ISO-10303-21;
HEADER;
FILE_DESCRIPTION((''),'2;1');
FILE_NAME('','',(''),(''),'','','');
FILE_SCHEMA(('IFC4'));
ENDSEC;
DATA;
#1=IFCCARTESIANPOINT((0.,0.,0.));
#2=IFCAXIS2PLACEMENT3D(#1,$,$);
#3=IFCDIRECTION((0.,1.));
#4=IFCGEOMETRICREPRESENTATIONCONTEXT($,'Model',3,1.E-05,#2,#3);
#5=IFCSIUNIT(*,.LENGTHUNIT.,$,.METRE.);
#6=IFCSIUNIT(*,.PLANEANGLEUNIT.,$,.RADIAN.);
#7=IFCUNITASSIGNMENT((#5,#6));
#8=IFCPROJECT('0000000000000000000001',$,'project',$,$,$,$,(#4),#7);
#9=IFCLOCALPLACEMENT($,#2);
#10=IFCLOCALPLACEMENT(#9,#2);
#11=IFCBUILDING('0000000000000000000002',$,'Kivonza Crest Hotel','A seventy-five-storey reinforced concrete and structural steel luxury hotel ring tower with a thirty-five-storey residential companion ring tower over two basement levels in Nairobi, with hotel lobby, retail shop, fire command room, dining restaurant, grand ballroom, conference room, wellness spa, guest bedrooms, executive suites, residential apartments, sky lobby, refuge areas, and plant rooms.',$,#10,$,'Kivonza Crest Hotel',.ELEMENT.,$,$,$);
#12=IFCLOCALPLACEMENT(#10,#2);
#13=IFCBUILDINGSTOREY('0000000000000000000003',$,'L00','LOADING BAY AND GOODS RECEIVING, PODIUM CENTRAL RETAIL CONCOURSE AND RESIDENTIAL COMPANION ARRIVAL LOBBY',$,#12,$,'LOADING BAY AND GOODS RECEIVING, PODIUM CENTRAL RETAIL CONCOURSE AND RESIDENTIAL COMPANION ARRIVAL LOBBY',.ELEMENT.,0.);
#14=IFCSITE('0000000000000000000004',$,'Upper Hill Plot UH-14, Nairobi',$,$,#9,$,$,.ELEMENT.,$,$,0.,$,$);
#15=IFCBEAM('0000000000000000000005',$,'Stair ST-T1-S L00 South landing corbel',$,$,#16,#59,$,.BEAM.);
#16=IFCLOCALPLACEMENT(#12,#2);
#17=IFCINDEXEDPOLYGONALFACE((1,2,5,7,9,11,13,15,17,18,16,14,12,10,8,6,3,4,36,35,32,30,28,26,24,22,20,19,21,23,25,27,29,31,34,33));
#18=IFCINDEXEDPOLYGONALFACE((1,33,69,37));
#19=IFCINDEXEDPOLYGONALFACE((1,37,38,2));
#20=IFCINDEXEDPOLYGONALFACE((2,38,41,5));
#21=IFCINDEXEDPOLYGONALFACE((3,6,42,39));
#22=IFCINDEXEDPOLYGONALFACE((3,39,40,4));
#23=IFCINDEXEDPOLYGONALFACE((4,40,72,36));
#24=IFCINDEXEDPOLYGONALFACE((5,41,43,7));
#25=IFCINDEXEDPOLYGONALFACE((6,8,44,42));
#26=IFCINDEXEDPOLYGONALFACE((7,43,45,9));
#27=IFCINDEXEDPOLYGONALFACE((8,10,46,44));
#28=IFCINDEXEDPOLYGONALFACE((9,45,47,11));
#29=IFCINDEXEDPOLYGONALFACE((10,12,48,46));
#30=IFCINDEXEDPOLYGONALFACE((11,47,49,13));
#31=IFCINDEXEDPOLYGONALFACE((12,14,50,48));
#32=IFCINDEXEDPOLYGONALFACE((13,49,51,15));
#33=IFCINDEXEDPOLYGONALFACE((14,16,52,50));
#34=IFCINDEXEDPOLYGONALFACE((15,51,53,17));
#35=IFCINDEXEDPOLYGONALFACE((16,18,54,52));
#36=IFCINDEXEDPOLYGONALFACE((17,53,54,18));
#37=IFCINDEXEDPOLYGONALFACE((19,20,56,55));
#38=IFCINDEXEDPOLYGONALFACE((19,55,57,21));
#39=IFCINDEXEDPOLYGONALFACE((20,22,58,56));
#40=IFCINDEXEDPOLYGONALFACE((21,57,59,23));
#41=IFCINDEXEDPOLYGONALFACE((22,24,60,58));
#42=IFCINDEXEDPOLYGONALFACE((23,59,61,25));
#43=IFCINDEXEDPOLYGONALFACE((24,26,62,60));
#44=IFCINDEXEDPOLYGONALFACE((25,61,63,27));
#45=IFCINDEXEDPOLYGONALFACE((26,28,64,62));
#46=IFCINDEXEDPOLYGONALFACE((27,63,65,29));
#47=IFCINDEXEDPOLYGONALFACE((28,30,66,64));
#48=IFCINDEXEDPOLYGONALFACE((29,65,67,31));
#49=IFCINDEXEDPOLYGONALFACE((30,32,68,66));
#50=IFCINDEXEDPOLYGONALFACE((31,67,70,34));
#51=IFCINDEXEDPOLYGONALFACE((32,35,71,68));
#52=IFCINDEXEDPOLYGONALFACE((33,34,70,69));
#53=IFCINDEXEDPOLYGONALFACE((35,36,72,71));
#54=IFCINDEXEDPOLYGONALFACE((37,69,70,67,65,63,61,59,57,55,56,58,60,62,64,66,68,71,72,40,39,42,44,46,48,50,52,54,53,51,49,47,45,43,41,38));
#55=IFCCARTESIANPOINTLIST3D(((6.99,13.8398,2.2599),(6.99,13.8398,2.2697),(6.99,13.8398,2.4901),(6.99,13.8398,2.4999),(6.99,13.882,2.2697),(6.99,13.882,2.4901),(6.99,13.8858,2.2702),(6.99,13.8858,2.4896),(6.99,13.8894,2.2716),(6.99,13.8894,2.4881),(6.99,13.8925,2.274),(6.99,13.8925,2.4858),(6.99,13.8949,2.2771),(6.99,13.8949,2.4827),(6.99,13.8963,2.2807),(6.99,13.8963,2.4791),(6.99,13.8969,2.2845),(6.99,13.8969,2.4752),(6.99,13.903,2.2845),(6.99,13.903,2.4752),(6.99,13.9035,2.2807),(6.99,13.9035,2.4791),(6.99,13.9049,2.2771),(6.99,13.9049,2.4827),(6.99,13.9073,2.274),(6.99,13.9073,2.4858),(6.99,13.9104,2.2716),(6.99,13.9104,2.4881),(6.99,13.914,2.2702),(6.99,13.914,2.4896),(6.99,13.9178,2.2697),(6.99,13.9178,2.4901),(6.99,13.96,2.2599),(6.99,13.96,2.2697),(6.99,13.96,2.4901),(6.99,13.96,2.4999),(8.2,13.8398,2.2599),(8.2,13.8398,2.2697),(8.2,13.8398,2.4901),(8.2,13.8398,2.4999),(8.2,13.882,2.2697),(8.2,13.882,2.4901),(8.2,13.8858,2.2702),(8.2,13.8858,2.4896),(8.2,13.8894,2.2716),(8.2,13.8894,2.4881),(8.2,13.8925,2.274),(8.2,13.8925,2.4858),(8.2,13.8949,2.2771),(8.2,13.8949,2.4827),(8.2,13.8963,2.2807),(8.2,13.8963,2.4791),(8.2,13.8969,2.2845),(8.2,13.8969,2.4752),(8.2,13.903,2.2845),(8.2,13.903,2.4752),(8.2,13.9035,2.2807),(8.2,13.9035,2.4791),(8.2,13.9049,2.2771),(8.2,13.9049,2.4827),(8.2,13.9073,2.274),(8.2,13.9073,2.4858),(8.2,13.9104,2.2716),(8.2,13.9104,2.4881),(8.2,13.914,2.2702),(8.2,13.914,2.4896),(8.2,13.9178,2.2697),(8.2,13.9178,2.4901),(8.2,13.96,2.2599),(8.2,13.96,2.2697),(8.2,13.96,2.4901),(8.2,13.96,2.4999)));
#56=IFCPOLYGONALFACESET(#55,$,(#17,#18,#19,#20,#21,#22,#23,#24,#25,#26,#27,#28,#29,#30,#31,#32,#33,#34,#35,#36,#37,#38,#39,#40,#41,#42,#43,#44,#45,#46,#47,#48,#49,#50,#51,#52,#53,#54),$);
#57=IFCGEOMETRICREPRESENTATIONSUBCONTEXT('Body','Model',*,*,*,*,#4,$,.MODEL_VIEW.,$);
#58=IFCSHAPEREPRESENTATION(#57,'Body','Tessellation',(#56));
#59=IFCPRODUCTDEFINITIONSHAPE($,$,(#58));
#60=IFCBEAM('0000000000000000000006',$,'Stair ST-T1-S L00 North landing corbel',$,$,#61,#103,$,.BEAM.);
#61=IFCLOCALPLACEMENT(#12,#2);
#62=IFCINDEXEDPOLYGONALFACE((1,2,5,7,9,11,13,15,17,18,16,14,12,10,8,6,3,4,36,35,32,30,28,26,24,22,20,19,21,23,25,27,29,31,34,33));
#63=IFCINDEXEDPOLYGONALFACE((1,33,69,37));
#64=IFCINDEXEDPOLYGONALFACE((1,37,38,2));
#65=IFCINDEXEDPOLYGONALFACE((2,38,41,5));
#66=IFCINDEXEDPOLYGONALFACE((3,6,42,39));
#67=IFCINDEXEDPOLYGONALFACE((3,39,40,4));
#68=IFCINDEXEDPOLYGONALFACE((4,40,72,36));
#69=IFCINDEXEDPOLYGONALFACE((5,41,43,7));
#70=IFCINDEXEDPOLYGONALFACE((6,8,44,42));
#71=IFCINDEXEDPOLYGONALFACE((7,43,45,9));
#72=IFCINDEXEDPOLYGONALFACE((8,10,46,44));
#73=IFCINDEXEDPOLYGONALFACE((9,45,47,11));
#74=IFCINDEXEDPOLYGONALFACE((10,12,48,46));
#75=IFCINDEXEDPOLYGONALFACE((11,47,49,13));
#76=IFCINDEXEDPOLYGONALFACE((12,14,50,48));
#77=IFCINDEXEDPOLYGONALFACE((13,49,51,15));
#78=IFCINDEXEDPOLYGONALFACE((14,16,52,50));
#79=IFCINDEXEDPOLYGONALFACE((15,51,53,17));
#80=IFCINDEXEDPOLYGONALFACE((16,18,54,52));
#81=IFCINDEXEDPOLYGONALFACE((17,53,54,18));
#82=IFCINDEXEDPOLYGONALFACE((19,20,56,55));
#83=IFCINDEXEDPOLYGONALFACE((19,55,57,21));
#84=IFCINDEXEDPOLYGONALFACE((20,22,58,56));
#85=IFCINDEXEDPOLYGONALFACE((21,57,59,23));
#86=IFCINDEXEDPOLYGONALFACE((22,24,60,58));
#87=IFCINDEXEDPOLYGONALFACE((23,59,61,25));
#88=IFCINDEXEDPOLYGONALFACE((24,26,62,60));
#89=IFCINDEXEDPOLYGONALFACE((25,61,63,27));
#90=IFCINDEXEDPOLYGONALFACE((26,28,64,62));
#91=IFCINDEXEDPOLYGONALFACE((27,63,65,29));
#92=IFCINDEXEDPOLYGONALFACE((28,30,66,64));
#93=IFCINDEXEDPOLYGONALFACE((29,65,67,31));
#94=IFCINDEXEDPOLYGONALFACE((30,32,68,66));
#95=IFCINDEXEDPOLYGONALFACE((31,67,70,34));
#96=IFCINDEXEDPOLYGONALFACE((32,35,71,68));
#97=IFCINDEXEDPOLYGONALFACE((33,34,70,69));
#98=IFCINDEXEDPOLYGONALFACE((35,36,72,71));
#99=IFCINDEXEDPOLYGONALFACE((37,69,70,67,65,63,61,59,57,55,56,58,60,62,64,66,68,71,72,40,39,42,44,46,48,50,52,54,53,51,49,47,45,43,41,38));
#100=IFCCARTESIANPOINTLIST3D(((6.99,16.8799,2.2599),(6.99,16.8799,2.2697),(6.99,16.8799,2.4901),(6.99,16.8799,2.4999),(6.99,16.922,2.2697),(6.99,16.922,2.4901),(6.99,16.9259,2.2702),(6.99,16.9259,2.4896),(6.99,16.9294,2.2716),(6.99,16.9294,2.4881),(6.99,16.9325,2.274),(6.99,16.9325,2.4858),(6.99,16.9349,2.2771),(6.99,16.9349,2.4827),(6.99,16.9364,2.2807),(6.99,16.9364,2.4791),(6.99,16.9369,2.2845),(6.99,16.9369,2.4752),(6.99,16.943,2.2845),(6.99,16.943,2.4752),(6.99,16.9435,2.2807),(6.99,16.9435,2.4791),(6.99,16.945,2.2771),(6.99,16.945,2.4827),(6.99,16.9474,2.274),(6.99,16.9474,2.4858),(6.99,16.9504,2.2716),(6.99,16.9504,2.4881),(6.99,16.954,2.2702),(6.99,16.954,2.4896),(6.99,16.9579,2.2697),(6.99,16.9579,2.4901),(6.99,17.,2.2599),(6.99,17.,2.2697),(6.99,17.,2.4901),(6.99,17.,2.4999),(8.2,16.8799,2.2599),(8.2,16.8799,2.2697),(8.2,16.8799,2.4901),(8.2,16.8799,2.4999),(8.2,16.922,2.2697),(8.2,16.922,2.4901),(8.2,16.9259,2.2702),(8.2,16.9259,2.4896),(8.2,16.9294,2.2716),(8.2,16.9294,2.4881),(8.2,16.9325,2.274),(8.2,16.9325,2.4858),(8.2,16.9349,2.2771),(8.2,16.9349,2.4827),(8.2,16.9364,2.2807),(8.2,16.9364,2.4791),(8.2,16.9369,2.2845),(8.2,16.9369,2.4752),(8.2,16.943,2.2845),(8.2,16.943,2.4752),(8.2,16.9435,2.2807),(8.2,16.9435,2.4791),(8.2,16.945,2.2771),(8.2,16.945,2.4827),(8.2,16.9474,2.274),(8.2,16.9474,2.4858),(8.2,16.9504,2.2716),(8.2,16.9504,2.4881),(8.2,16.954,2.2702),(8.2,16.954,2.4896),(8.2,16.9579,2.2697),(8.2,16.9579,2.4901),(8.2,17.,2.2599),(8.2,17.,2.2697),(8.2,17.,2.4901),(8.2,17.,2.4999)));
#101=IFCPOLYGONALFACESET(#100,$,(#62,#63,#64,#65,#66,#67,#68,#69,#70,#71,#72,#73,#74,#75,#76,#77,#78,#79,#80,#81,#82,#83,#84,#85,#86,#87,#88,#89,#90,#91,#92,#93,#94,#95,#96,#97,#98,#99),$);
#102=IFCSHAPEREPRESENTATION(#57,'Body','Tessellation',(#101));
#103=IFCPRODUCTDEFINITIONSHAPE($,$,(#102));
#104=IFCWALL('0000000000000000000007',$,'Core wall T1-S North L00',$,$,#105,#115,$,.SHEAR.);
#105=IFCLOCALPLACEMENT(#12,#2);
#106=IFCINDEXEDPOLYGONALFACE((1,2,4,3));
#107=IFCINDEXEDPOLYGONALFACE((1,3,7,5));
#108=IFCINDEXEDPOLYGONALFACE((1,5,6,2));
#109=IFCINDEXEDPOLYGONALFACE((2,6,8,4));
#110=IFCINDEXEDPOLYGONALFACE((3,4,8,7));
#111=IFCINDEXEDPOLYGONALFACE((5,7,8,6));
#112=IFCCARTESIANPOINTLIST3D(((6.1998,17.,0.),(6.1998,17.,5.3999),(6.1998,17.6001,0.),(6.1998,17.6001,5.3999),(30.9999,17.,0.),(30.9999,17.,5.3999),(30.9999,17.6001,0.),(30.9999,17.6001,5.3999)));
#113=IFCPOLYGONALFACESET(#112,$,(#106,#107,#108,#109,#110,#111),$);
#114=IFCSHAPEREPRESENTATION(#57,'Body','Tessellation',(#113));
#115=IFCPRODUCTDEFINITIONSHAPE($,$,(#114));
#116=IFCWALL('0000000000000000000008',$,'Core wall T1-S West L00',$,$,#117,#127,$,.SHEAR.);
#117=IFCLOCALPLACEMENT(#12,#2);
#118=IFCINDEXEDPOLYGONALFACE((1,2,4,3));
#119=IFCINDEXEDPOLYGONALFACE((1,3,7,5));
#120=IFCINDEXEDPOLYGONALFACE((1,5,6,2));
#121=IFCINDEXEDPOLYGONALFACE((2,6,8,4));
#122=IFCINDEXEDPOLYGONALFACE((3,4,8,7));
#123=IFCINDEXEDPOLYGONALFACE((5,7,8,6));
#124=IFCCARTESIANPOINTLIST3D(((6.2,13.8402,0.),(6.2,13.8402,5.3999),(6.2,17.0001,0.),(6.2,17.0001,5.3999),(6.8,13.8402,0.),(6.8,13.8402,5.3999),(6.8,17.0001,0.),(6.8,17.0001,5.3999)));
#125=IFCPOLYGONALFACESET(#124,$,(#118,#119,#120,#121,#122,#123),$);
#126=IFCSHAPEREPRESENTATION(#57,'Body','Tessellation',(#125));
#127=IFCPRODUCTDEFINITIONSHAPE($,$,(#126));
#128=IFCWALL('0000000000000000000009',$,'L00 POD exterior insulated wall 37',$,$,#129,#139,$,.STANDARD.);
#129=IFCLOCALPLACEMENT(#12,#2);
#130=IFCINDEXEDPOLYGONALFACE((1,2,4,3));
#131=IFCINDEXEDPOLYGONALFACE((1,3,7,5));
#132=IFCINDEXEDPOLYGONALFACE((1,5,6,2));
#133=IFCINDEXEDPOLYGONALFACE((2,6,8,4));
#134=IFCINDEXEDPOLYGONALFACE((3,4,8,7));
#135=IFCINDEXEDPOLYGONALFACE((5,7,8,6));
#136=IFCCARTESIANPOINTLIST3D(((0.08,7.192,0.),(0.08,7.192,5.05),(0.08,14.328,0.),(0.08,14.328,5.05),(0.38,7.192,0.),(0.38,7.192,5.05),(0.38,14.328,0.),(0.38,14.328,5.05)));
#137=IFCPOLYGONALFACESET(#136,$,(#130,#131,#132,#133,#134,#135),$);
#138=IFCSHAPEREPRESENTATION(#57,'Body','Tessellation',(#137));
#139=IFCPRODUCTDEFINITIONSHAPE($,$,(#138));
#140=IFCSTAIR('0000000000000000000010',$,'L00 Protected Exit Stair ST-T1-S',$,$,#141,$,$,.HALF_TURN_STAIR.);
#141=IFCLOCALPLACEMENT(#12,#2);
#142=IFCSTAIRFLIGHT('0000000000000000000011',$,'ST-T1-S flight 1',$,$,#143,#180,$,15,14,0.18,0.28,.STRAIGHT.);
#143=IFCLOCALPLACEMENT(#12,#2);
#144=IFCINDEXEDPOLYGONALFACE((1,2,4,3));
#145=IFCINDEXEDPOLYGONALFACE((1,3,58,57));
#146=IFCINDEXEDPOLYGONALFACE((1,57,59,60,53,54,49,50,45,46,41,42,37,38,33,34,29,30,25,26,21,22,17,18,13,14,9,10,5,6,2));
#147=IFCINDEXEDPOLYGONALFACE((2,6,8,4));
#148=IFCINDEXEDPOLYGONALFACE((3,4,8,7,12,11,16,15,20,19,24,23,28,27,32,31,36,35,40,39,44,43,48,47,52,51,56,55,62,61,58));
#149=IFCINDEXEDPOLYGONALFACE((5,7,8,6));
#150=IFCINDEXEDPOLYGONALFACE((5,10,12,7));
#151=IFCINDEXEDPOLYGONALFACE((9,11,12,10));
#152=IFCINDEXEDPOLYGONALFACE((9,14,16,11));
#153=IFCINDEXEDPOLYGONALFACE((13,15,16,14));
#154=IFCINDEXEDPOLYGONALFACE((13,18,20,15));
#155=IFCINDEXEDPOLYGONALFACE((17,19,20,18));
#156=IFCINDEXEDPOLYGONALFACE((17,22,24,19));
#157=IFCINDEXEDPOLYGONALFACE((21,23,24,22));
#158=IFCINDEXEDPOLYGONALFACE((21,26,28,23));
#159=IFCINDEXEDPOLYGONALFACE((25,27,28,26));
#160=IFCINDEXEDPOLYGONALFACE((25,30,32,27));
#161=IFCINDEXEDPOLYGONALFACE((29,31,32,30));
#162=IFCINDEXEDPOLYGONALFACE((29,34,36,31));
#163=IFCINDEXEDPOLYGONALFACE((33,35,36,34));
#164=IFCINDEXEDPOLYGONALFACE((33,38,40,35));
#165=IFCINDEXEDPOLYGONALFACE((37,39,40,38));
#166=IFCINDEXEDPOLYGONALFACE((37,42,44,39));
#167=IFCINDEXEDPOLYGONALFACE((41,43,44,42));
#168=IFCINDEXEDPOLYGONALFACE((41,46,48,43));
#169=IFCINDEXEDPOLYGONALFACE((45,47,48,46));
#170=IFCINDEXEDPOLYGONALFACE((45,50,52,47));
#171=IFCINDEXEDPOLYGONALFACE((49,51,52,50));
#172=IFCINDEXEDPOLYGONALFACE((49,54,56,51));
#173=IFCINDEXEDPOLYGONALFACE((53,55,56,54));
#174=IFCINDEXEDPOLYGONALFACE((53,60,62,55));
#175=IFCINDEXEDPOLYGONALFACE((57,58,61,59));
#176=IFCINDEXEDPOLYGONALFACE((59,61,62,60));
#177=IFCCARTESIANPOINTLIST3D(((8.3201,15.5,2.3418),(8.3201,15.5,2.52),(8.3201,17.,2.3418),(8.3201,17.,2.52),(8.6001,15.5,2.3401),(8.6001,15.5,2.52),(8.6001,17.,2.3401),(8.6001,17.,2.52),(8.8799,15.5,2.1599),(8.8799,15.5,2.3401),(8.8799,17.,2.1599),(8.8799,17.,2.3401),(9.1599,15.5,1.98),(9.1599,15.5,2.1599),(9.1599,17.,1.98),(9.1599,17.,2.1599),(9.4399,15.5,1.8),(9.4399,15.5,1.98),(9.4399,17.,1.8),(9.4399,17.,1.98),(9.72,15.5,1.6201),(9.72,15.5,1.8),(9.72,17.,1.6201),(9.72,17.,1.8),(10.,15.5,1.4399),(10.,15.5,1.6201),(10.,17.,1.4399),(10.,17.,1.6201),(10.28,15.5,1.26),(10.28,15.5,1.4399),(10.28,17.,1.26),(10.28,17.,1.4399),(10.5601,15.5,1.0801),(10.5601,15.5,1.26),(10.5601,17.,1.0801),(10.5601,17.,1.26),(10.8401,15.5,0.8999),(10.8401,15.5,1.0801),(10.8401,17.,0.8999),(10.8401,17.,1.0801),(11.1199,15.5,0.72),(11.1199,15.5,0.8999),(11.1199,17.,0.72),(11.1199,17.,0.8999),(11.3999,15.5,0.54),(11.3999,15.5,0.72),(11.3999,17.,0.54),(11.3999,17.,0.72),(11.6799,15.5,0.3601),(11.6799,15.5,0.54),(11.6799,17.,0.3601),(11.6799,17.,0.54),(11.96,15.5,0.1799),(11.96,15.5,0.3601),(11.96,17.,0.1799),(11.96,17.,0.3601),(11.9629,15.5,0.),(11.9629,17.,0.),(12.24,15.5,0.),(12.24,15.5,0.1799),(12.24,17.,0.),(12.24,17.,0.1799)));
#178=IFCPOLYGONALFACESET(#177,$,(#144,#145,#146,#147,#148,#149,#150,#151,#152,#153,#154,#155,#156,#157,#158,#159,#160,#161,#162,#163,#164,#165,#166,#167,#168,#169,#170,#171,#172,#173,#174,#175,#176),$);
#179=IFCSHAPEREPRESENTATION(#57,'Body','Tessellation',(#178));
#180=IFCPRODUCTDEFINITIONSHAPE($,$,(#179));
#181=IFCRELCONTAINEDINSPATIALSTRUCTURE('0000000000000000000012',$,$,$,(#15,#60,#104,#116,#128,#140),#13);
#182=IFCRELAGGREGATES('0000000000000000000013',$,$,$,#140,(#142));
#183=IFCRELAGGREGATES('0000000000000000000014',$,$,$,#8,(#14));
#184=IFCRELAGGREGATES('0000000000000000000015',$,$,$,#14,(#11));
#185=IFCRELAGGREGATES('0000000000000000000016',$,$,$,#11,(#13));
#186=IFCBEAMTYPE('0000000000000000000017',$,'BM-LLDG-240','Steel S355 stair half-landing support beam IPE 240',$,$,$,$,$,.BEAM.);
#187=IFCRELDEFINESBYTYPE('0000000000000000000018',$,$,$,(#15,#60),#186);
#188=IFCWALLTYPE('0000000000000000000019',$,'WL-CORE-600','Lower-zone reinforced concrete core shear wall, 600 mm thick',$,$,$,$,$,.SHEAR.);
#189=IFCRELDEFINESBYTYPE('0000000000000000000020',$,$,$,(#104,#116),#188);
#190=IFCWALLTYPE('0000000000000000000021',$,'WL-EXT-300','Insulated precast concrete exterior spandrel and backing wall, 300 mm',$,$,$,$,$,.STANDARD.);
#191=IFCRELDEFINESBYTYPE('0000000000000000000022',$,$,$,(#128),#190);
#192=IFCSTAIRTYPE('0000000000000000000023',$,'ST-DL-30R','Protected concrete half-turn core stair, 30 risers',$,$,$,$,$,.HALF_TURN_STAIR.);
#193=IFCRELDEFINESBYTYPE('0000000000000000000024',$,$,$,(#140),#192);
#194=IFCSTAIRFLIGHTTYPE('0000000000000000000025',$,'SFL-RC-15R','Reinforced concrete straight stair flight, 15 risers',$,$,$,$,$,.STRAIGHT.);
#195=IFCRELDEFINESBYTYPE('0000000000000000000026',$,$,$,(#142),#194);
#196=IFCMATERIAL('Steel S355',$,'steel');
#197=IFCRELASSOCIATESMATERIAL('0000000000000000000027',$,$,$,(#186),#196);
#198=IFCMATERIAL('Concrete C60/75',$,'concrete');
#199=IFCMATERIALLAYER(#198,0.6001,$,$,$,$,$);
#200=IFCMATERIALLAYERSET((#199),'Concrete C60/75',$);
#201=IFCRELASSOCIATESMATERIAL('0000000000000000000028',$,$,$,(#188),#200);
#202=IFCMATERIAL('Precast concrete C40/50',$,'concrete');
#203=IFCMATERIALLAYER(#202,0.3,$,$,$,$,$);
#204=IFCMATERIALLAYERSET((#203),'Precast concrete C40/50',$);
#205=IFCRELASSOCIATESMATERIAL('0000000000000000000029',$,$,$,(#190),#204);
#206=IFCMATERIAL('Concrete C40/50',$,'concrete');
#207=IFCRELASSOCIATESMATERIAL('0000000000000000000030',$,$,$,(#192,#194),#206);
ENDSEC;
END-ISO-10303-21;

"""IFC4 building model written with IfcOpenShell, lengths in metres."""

from ifc_helpers import new_model, si_unit, direction, frame, frame_2d, origin, origin_2d, place, context, subcontext, project, spatial, polyline, rectangle, i_section, outline, extrude, material, layer, layer_set, material_profile, profile_set, type_object, element, aggregate, save


model = new_model("IFC4")

# Units and contexts
model_context = context("Model", 3, precision=1e-05, world=origin(), true_north=direction((0.0, 1.0)))
body_context = subcontext(model_context, "Body", "Model", "MODEL_VIEW")
ifc_project = project(units=[si_unit("LENGTHUNIT", "METRE"), si_unit("PLANEANGLEUNIT", "RADIAN")], contexts=[model_context])

# Site, building, storey
site_placement = place(None, origin())
site = spatial("IfcSite", under=ifc_project, at=site_placement, Name="Upper Hill Plot UH-14, Nairobi", CompositionType="ELEMENT", RefElevation=0.0)
building_placement = place(site_placement, origin())
building = spatial("IfcBuilding", under=site, at=building_placement, Name="Kivonza Crest Hotel", Description="A seventy-five-storey reinforced concrete and structural steel luxury hotel ring tower with a thirty-five-storey residential companion ring tower over two basement levels in Nairobi, with hotel lobby, retail shop, fire command room, dining restaurant, grand ballroom, conference room, wellness spa, guest bedrooms, executive suites, residential apartments, sky lobby, refuge areas, and plant rooms.", LongName="Kivonza Crest Hotel", CompositionType="ELEMENT")
storey_placement = place(building_placement, origin())
storey = spatial("IfcBuildingStorey", under=building, at=storey_placement, Name="L00", Description="LOADING BAY AND GOODS RECEIVING, PODIUM CENTRAL RETAIL CONCOURSE AND RESIDENTIAL COMPANION ARRIVAL LOBBY", LongName="LOADING BAY AND GOODS RECEIVING, PODIUM CENTRAL RETAIL CONCOURSE AND RESIDENTIAL COMPANION ARRIVAL LOBBY", CompositionType="ELEMENT", Elevation=0.0)

# Shared definitions
ifc_material_1 = material(Name="Concrete C60/75", Category="concrete")

# Beams
ifc_material_2 = material(Name="Steel S355", Category="steel")
ifc_material_profile_1 = material_profile(ifc_material_2, i_section(OverallWidth=0.1201, OverallDepth=0.24, WebThickness=0.0061, FlangeThickness=0.0098, FilletRadius=0.0149, at=origin_2d()), Name="IPE 240")
ifc_profile_set_1 = profile_set([ifc_material_profile_1], Name="Steel S355")
beam_type_1 = type_object("IfcBeamType", Name="BM-LLDG-240", Description="Steel S355 stair half-landing support beam IPE 240", PredefinedType="BEAM", material=ifc_profile_set_1)
for number, where, z_axis, x_axis, name in (
    (1, (6.99, 13.8999, 2.3799), (1.0, 0.0, 0.0), (0.0, 1.0, 0.0), "Stair ST-T1-S L00 South landing corbel"),
    (2, (6.99, 16.9399, 2.3799), (1.0, 0.0, 0.0), (0.0, 1.0, 0.0), "Stair ST-T1-S L00 North landing corbel"),
):
    element("IfcBeam", number, at=place(storey_placement, frame(where, z_axis=z_axis, x_axis=x_axis)), inside=storey, type_object=beam_type_1, Name=name, PredefinedType="BEAM", context=body_context, shape_type="SweptSolid", body=[
        extrude(i_section(OverallWidth=0.1201, OverallDepth=0.24, WebThickness=0.0061, FlangeThickness=0.0098, FilletRadius=0.0149, at=origin_2d()), origin(), (0.0, 0.0, 1.0), 1.21),
    ])

# Shared definitions
ifc_layer_1 = layer(ifc_material_1, 0.6001)
ifc_layer_set_1 = layer_set([ifc_layer_1], Name="Concrete C60/75")
wall_type_1 = type_object("IfcWallType", Name="WL-CORE-600", Description="Lower-zone reinforced concrete core shear wall, 600 mm thick", PredefinedType="SHEAR", material=ifc_layer_set_1)

# Walls
wall_1_placement = place(storey_placement, frame((6.2, 17.3, 0.0), z_axis=(0.0, 0.0, 1.0), x_axis=(1.0, 0.0, 0.0)))
element("IfcWall", 3, at=wall_1_placement, inside=storey, type_object=wall_type_1, Name="Core wall T1-S North L00", PredefinedType="SHEAR", context=body_context, shape_type="SweptSolid", body=[
    extrude(rectangle(XDim=24.8, YDim=0.6001, at=frame_2d((12.3999, 0.0))), origin(), (0.0, 0.0, 1.0), 5.3999),
])
wall_2_placement = place(storey_placement, frame((6.5, 13.8401, 0.0), z_axis=(0.0, 0.0, 1.0), x_axis=(0.0, 1.0, 0.0)))
element("IfcWall", 4, at=wall_2_placement, inside=storey, type_object=wall_type_1, Name="Core wall T1-S West L00", PredefinedType="SHEAR", context=body_context, shape_type="SweptSolid", body=[
    extrude(rectangle(XDim=3.1599, YDim=0.6001, at=frame_2d((1.5801, 0.0))), origin(), (0.0, 0.0, 1.0), 5.3999),
])
ifc_material_3 = material(Name="Precast concrete C40/50", Category="concrete")
ifc_layer_2 = layer(ifc_material_3, 0.3)
ifc_layer_set_2 = layer_set([ifc_layer_2], Name="Precast concrete C40/50")
wall_type_2 = type_object("IfcWallType", Name="WL-EXT-300", Description="Insulated precast concrete exterior spandrel and backing wall, 300 mm", PredefinedType="STANDARD", material=ifc_layer_set_2)
wall_3_placement = place(storey_placement, frame((0.23, 14.3279, 0.0), z_axis=(0.0, 0.0, 1.0), x_axis=(0.0, -1.0, 0.0)))
element("IfcWall", 5, at=wall_3_placement, inside=storey, type_object=wall_type_2, Name="L00 POD exterior insulated wall 37", PredefinedType="STANDARD", context=body_context, shape_type="SweptSolid", body=[
    extrude(rectangle(XDim=7.136, YDim=0.3, at=frame_2d((3.5679, 0.0))), origin(), (0.0, 0.0, 1.0), 5.05),
])

# Stair, stair flight
ifc_material_4 = material(Name="Concrete C40/50", Category="concrete")
stair_type = type_object("IfcStairType", Name="ST-DL-30R", Description="Protected concrete half-turn core stair, 30 risers", PredefinedType="HALF_TURN_STAIR", material=ifc_material_4)
stair_placement = place(storey_placement, origin())
stair = element("IfcStair", 6, at=stair_placement, inside=storey, type_object=stair_type, Name="L00 Protected Exit Stair ST-T1-S", PredefinedType="HALF_TURN_STAIR")
stair_flight_type = type_object("IfcStairFlightType", Name="SFL-RC-15R", Description="Reinforced concrete straight stair flight, 15 risers", PredefinedType="STRAIGHT", material=ifc_material_4)
stair_flight_1_placement = place(storey_placement, frame((12.24, 16.25, 0.0), z_axis=(0.0, 0.0, 1.0), x_axis=(-1.0, 0.0, 0.0)))
stair_flight_1 = element("IfcStairFlight", 7, at=stair_flight_1_placement, type_object=stair_flight_type, Name="ST-T1-S flight 1", NumberOfRisers=15, NumberOfTreads=14, PredefinedType="STRAIGHT", RiserHeight=0.18, TreadLength=0.28, context=body_context, shape_type="SweptSolid", body=[
    extrude(outline(polyline([(0.0, 0.0), (0.0, 0.1799), (0.28, 0.1799), (0.28, 0.3601), (0.5601, 0.3601), (0.5601, 0.54), (0.8401, 0.54), (0.8401, 0.72), (1.1201, 0.72), (1.1201, 0.8999), (1.3999, 0.8999), (1.3999, 1.0801), (1.6799, 1.0801), (1.6799, 1.26), (1.96, 1.26), (1.96, 1.4399), (2.24, 1.4399), (2.24, 1.6201), (2.52, 1.6201), (2.52, 1.8), (2.8, 1.8), (2.8, 1.98), (3.0801, 1.98), (3.0801, 2.1599), (3.3601, 2.1599), (3.3601, 2.3401), (3.6399, 2.3401), (3.6399, 2.52), (3.9199, 2.52), (3.9199, 2.7), (3.9199, 2.3418), (0.2771, 0.0), (0.0, 0.0)])), frame((0.0, 0.75, 0.0), z_axis=(0.0, -1.0, 0.0), x_axis=(1.0, 0.0, 0.0)), (0.0, 0.0, 1.0), 1.5),
])
aggregate(stair, [stair_flight_1])

save(model, "model.ifc")
